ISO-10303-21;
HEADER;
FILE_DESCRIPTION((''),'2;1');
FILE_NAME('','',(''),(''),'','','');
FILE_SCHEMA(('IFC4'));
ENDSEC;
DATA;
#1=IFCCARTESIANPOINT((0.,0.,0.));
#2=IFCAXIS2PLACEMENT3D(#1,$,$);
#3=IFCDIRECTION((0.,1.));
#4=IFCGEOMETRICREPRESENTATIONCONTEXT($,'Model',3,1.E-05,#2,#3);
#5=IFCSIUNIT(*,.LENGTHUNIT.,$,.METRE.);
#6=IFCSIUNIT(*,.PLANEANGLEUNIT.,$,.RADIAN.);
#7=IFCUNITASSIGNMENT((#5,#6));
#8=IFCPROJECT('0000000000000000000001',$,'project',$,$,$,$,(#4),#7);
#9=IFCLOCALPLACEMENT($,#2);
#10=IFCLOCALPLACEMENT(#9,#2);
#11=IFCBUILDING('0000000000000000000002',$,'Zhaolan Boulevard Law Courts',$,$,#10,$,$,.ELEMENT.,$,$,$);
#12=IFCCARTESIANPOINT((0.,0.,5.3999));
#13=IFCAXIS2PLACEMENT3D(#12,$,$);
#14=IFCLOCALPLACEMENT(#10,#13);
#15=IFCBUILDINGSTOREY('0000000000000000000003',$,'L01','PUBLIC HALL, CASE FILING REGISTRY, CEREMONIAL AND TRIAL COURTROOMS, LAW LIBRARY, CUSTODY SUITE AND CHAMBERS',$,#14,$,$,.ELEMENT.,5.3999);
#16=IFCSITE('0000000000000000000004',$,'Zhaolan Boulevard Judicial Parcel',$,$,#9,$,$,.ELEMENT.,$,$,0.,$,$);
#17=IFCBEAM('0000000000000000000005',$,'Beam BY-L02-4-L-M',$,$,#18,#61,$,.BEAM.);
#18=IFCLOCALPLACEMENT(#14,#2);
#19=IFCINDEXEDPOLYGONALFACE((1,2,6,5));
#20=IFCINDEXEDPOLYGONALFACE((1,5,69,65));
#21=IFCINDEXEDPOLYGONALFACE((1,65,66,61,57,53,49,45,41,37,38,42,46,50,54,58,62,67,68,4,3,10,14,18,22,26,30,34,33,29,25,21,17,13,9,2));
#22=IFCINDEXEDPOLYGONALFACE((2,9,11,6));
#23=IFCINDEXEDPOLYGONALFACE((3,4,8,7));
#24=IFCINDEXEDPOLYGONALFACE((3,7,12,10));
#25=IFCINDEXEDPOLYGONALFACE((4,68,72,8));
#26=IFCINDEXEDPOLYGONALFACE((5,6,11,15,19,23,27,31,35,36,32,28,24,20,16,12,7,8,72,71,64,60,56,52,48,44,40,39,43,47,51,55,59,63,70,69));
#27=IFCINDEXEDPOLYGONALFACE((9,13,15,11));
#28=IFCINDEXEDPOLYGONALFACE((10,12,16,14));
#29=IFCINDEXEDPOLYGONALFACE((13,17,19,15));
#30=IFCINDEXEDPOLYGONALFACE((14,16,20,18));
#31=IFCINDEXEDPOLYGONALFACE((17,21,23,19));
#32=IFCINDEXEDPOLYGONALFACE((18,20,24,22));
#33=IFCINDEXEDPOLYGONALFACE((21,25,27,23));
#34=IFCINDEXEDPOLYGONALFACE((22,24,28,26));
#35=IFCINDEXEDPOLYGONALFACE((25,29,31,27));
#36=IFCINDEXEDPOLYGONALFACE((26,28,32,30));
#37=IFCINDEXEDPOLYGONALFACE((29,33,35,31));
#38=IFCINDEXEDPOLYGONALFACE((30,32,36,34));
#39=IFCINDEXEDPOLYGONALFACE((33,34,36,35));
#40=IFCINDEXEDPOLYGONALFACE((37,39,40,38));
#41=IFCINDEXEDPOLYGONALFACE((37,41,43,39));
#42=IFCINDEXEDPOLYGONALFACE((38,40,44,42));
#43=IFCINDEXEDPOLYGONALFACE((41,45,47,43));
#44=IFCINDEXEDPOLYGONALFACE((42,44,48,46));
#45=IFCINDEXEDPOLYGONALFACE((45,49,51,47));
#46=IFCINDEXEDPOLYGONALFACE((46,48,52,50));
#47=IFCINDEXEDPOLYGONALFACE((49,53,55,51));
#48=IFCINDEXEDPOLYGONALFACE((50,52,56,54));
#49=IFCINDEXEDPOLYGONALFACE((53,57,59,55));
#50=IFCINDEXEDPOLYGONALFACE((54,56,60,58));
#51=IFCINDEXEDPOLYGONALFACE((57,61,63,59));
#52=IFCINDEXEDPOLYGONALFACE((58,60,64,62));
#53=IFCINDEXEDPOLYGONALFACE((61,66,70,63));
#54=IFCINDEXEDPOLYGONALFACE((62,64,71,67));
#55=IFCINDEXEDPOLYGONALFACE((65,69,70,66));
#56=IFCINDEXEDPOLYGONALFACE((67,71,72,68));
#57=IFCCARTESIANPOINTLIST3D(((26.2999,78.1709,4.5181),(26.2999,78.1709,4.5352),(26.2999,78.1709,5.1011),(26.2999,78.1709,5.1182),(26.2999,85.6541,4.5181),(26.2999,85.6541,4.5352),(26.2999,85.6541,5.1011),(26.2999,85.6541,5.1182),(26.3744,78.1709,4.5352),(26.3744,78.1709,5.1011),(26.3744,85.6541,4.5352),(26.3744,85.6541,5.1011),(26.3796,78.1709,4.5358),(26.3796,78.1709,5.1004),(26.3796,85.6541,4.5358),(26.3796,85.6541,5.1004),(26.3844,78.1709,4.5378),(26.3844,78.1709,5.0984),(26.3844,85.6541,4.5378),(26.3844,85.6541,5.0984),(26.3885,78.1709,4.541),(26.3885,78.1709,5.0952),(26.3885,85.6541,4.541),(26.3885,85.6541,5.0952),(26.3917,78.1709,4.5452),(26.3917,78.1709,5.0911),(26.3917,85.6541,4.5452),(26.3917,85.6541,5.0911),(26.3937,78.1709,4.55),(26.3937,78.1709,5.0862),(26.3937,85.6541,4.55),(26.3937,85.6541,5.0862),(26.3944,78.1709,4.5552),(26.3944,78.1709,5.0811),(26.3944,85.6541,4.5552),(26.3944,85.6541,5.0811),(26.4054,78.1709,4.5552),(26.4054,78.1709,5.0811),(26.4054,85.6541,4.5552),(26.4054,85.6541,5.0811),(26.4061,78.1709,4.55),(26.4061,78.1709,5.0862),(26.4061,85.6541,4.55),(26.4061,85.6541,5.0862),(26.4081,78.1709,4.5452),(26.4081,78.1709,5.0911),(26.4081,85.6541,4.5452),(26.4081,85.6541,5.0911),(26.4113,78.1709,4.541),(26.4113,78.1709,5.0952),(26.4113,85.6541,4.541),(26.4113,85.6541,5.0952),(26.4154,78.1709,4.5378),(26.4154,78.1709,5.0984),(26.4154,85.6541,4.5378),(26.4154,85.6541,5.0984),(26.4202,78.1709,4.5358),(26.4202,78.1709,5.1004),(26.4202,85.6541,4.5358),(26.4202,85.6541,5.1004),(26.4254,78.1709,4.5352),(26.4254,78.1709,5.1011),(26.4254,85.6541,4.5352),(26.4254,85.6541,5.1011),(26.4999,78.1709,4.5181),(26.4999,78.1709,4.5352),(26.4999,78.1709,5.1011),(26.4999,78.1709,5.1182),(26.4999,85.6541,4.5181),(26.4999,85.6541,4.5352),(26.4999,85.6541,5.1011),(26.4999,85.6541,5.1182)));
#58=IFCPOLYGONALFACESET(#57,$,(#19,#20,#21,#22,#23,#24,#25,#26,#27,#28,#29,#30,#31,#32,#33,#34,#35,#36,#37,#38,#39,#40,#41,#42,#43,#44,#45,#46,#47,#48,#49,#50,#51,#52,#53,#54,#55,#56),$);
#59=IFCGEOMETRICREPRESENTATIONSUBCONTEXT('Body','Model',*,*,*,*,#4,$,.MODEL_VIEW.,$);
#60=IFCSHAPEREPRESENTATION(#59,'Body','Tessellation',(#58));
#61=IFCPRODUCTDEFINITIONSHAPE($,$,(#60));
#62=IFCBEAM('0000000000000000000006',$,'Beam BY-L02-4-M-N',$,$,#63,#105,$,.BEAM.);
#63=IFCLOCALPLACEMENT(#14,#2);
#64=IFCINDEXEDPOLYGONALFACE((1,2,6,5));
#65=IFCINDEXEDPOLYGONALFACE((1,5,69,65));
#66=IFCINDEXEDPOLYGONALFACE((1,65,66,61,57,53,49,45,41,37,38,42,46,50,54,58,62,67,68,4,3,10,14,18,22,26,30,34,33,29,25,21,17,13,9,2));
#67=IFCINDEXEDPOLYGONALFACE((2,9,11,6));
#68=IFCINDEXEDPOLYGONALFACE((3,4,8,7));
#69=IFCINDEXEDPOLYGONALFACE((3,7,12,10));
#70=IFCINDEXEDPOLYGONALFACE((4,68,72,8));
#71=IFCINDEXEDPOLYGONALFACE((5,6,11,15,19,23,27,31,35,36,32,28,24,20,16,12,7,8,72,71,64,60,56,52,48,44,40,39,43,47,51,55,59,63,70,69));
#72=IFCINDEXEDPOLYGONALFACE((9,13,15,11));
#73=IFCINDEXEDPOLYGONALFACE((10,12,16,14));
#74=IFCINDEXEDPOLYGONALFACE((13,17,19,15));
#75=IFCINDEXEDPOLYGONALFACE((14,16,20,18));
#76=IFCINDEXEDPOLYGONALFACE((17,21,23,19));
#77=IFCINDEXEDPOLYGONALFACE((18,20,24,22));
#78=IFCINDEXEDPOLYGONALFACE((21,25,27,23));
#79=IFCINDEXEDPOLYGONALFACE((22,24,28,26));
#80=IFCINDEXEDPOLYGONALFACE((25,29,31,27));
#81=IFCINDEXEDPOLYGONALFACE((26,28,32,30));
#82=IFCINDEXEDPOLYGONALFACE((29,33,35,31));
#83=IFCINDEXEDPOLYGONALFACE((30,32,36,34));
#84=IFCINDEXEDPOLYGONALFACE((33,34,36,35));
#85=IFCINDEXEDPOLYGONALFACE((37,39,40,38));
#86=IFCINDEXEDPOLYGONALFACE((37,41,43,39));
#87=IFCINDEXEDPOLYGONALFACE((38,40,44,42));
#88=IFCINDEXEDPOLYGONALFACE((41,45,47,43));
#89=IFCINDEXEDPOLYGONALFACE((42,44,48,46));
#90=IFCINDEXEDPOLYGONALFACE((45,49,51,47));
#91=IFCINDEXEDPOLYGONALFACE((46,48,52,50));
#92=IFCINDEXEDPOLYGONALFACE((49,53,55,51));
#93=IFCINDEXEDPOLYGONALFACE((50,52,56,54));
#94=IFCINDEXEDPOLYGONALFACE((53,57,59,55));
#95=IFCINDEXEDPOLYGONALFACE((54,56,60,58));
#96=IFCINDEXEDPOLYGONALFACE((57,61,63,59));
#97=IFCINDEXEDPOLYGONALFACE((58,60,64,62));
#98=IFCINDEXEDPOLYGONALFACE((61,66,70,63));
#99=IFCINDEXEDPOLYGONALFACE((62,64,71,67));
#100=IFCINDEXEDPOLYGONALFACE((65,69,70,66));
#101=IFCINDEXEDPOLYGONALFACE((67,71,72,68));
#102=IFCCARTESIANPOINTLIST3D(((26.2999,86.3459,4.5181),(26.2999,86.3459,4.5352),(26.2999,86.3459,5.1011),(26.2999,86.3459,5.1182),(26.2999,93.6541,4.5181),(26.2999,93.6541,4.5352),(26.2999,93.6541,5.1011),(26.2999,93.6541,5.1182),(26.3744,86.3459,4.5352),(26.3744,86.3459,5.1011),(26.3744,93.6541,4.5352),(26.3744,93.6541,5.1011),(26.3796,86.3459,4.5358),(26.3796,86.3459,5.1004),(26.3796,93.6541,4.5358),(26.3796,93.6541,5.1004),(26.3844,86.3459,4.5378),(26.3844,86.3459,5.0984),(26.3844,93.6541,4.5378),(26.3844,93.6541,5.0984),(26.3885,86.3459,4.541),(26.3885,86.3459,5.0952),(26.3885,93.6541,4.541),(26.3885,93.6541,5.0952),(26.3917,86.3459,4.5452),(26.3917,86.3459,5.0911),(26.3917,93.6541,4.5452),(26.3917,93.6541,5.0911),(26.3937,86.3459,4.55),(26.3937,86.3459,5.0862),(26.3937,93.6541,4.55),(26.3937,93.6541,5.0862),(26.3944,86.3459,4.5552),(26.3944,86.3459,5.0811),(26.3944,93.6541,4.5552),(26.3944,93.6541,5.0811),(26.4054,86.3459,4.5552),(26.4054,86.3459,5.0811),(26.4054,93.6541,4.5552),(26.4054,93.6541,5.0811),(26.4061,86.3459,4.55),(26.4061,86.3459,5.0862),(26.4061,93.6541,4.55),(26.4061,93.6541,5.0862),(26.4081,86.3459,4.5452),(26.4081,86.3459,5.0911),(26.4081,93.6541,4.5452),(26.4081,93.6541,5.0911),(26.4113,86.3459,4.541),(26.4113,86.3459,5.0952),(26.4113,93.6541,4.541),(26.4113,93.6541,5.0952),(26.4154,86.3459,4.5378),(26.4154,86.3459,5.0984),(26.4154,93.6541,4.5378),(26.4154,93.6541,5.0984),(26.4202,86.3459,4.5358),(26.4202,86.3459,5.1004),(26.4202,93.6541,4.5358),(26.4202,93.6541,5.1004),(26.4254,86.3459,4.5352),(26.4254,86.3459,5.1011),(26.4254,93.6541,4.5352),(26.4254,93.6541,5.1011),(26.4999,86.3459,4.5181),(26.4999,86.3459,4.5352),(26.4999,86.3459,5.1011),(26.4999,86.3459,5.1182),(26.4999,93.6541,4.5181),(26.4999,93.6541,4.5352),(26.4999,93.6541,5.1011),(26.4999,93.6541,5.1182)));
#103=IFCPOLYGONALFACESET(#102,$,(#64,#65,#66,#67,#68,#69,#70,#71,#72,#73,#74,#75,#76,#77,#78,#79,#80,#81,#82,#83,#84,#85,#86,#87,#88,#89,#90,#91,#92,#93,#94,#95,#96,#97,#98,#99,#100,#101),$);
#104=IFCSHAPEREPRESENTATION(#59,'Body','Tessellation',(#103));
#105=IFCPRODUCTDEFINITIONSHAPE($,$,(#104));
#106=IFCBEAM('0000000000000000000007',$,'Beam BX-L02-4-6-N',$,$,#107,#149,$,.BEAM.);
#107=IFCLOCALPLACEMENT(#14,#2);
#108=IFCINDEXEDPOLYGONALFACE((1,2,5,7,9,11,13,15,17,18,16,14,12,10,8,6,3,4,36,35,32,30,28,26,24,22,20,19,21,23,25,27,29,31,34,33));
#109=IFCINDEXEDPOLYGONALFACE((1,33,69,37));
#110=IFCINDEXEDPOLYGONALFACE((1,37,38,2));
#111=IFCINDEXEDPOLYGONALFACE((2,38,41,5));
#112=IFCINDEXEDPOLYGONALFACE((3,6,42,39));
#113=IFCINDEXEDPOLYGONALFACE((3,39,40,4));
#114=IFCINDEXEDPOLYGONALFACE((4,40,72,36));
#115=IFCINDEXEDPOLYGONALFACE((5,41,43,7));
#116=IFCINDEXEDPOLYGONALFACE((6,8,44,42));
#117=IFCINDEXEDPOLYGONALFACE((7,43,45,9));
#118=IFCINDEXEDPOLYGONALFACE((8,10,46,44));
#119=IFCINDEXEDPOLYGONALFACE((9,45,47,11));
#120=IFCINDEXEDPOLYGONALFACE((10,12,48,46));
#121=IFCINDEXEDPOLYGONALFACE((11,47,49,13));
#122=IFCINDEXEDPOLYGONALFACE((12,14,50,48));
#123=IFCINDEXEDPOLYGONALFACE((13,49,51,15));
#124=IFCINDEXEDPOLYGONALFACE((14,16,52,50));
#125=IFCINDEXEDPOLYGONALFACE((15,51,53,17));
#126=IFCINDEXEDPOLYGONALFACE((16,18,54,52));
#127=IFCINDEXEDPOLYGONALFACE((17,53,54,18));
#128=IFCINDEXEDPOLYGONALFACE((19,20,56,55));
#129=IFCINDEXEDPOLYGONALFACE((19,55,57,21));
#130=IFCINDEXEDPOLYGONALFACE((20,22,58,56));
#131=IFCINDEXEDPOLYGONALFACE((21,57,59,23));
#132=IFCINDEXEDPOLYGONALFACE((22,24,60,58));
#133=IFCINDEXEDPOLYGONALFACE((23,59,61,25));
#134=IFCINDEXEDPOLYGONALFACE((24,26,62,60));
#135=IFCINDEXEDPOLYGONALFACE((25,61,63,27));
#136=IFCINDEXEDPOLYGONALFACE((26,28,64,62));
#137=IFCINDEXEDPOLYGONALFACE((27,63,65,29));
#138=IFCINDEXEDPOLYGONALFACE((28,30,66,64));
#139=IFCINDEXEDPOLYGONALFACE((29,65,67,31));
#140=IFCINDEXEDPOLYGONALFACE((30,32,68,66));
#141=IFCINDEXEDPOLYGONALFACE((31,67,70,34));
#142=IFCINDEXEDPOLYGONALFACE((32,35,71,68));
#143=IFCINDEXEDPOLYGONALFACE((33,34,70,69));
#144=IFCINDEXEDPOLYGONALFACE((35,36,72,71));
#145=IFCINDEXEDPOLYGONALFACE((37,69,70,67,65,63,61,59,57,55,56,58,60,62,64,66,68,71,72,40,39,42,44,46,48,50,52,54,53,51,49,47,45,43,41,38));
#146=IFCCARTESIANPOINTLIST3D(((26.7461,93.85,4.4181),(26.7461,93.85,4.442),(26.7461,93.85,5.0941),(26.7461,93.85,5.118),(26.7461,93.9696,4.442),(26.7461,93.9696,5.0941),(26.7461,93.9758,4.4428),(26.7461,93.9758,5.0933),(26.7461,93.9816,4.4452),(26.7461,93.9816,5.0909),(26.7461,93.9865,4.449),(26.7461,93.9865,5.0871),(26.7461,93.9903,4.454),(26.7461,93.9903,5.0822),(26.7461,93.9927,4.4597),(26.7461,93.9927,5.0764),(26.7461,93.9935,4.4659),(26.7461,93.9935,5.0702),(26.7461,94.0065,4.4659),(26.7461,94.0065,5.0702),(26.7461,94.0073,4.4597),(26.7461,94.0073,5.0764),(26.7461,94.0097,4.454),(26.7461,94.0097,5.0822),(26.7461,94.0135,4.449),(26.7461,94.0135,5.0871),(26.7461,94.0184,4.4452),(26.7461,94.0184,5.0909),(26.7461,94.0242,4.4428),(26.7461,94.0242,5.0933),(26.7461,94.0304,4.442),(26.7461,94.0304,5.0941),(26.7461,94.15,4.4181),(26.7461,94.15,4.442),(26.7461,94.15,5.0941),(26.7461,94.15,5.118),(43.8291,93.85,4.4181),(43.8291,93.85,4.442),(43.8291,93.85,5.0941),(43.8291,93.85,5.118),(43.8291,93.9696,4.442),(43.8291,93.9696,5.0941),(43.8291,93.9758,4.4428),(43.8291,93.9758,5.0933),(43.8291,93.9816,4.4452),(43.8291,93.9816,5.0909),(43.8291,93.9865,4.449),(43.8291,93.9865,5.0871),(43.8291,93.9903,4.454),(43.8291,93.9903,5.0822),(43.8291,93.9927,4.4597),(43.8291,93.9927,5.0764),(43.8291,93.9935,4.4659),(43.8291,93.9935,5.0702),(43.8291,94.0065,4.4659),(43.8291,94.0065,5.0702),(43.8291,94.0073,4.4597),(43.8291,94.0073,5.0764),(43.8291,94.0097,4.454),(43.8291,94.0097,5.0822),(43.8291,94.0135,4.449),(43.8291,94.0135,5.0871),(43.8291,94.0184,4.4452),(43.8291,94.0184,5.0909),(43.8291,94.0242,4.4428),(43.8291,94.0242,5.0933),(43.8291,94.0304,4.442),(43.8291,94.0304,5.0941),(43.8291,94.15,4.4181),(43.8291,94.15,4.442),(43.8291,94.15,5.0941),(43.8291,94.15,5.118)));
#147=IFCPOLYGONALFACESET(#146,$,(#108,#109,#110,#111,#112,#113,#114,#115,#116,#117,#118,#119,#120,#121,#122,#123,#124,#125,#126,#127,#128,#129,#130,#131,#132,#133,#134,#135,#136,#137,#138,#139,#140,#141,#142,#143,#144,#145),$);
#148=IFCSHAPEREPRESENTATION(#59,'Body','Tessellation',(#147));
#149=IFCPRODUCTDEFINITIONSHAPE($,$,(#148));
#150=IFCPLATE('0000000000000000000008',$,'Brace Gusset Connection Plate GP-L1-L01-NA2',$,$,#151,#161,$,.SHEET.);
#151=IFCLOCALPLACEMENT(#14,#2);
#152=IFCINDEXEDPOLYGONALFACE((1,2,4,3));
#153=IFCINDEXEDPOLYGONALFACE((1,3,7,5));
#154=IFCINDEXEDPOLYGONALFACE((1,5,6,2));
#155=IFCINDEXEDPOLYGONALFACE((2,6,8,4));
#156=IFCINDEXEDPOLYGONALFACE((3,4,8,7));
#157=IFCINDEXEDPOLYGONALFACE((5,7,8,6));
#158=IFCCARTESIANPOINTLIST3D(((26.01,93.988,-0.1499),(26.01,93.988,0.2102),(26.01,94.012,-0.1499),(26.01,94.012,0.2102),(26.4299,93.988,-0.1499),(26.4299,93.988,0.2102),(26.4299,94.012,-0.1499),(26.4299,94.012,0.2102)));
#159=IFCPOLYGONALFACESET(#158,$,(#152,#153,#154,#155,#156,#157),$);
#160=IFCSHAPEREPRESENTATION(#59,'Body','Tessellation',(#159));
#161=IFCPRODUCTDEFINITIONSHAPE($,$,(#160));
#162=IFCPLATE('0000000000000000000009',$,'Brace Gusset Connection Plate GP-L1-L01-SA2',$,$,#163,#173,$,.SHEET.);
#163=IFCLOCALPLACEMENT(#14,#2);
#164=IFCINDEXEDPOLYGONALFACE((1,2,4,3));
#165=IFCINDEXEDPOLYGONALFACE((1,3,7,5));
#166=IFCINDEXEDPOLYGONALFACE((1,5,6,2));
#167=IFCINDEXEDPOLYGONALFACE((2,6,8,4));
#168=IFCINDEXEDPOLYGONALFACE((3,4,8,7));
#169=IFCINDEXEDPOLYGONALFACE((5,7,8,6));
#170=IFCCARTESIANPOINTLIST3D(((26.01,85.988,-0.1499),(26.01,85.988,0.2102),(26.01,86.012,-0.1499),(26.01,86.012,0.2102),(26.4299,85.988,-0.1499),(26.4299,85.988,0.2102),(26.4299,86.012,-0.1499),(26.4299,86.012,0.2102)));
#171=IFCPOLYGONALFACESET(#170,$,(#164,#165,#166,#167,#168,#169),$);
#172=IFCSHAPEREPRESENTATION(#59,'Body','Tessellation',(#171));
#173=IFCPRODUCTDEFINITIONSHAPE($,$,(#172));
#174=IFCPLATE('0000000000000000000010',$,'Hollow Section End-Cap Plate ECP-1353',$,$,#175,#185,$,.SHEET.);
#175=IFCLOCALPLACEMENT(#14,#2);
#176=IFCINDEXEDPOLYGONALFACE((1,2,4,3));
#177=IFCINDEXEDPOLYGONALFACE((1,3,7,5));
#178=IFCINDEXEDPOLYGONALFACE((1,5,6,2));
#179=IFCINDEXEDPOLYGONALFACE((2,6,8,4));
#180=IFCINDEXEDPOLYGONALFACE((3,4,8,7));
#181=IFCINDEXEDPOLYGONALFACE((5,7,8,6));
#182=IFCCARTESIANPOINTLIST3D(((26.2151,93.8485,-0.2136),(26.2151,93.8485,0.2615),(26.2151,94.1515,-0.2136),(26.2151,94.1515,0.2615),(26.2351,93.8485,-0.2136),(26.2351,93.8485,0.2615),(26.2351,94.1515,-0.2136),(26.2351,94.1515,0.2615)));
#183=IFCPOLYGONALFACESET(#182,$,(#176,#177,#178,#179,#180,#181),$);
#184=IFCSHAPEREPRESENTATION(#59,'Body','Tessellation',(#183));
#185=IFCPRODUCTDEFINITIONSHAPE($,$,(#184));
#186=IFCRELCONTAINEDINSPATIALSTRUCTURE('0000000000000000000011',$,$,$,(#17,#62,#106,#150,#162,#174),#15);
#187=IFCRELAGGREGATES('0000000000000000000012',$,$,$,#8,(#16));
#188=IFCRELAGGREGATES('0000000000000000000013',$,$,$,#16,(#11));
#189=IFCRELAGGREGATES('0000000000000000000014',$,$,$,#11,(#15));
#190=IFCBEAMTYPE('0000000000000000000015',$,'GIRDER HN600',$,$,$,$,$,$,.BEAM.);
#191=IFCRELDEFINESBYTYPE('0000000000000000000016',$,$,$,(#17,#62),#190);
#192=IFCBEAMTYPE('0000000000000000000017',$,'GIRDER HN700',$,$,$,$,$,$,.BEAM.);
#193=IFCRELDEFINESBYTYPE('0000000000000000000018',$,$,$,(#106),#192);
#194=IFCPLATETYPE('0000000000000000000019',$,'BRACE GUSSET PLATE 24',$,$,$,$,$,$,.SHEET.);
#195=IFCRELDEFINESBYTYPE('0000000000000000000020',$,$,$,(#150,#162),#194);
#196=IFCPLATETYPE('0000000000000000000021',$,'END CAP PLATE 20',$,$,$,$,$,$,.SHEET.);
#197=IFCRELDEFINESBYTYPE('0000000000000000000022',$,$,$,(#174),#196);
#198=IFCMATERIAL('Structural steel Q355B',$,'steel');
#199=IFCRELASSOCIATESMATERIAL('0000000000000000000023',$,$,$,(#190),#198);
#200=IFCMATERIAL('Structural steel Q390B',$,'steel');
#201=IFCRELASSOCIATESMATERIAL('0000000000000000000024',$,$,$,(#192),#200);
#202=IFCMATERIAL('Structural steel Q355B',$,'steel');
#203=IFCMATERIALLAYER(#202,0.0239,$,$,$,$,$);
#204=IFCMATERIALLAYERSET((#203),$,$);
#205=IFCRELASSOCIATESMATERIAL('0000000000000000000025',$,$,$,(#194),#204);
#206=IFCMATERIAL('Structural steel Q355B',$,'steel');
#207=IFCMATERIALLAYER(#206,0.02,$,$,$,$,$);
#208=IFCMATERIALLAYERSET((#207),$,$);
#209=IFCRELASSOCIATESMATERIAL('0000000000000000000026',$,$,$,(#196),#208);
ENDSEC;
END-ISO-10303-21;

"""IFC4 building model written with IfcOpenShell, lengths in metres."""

from ifc_helpers import new_model, si_unit, direction, frame, origin, origin_2d, place, context, subcontext, project, spatial, rectangle, i_section, extrude, material, layer, layer_set, material_profile, profile_set, type_object, element, save


model = new_model("IFC4")

# Units and contexts
model_context = context("Model", 3, precision=1e-05, world=origin(), true_north=direction((0.0, 1.0)))
body_context = subcontext(model_context, "Body", "Model", "MODEL_VIEW")
ifc_project = project(units=[si_unit("LENGTHUNIT", "METRE"), si_unit("PLANEANGLEUNIT", "RADIAN")], contexts=[model_context])

# Site, building, storey
site_placement = place(None, origin())
site = spatial("IfcSite", under=ifc_project, at=site_placement, Name="Zhaolan Boulevard Judicial Parcel", CompositionType="ELEMENT", RefElevation=0.0)
building_placement = place(site_placement, origin())
building = spatial("IfcBuilding", under=site, at=building_placement, Name="Zhaolan Boulevard Law Courts", CompositionType="ELEMENT")
storey_placement = place(building_placement, frame((0.0, 0.0, 5.3999)))
storey = spatial("IfcBuildingStorey", under=building, at=storey_placement, Name="L01", Description="PUBLIC HALL, CASE FILING REGISTRY, CEREMONIAL AND TRIAL COURTROOMS, LAW LIBRARY, CUSTODY SUITE AND CHAMBERS", CompositionType="ELEMENT", Elevation=5.3999)

# Beams
ifc_material_1 = material(Name="Structural steel Q355B", Category="steel")
ifc_material_profile_1 = material_profile(ifc_material_1, i_section(OverallWidth=0.2, OverallDepth=0.6001, WebThickness=0.011, FlangeThickness=0.0171, FilletRadius=0.02, at=origin_2d()), Name="HN600x200")
ifc_profile_set_1 = profile_set([ifc_material_profile_1], Name="Structural steel Q355B")
beam_type_1 = type_object("IfcBeamType", Name="GIRDER HN600", PredefinedType="BEAM", material=ifc_profile_set_1)
beam_1_placement = place(storey_placement, frame((26.3999, 78.1709, 4.8181), z_axis=(0.0, 1.0, 0.0), x_axis=(-1.0, 0.0, 0.0)))
element("IfcBeam", 1, at=beam_1_placement, inside=storey, type_object=beam_type_1, Name="Beam BY-L02-4-L-M", PredefinedType="BEAM", context=body_context, shape_type="SweptSolid", body=[
    extrude(i_section(OverallWidth=0.2, OverallDepth=0.6001, WebThickness=0.011, FlangeThickness=0.0171, FilletRadius=0.02, at=origin_2d()), origin(), (0.0, 0.0, 1.0), 7.4832),
])
beam_2_placement = place(storey_placement, frame((26.3999, 86.3459, 4.8181), z_axis=(0.0, 1.0, 0.0), x_axis=(-1.0, 0.0, 0.0)))
element("IfcBeam", 2, at=beam_2_placement, inside=storey, type_object=beam_type_1, Name="Beam BY-L02-4-M-N", PredefinedType="BEAM", context=body_context, shape_type="SweptSolid", body=[
    extrude(i_section(OverallWidth=0.2, OverallDepth=0.6001, WebThickness=0.011, FlangeThickness=0.0171, FilletRadius=0.02, at=origin_2d()), origin(), (0.0, 0.0, 1.0), 7.3081),
])
ifc_material_2 = material(Name="Structural steel Q390B", Category="steel")
ifc_material_profile_2 = material_profile(ifc_material_2, i_section(OverallWidth=0.3, OverallDepth=0.7, WebThickness=0.0129, FlangeThickness=0.0239, FilletRadius=0.0239, at=origin_2d()), Name="HN700x300")
ifc_profile_set_2 = profile_set([ifc_material_profile_2], Name="Structural steel Q390B")
beam_type_2 = type_object("IfcBeamType", Name="GIRDER HN700", PredefinedType="BEAM", material=ifc_profile_set_2)
beam_3_placement = place(storey_placement, frame((26.7461, 94.0, 4.7681), z_axis=(1.0, 0.0, 0.0), x_axis=(0.0, 1.0, 0.0)))
element("IfcBeam", 3, at=beam_3_placement, inside=storey, type_object=beam_type_2, Name="Beam BX-L02-4-6-N", PredefinedType="BEAM", context=body_context, shape_type="SweptSolid", body=[
    extrude(i_section(OverallWidth=0.3, OverallDepth=0.7, WebThickness=0.0129, FlangeThickness=0.0239, FilletRadius=0.0239, at=origin_2d()), origin(), (0.0, 0.0, 1.0), 17.083),
])

# Plates
ifc_material_3 = material(Name="Structural steel Q355B", Category="steel")
ifc_layer_1 = layer(ifc_material_3, 0.0239)
ifc_layer_set_1 = layer_set([ifc_layer_1])
plate_type_1 = type_object("IfcPlateType", Name="BRACE GUSSET PLATE 24", PredefinedType="SHEET", material=ifc_layer_set_1)
for number, where, z_axis, x_axis, name in (
    (4, (26.22, 94.0, -0.1499), (0.0, 0.0, 1.0), (1.0, 0.0, 0.0), "Brace Gusset Connection Plate GP-L1-L01-NA2"),
    (5, (26.22, 86.0, -0.1499), (0.0, 0.0, 1.0), (1.0, 0.0, 0.0), "Brace Gusset Connection Plate GP-L1-L01-SA2"),
):
    element("IfcPlate", number, at=place(storey_placement, frame(where, z_axis=z_axis, x_axis=x_axis)), inside=storey, type_object=plate_type_1, Name=name, PredefinedType="SHEET", context=body_context, shape_type="SweptSolid", body=[
        extrude(rectangle(XDim=0.4199, YDim=0.0239, at=origin_2d()), origin(), (0.0, 0.0, 1.0), 0.3601),
    ])
ifc_material_4 = material(Name="Structural steel Q355B", Category="steel")
ifc_layer_2 = layer(ifc_material_4, 0.02)
ifc_layer_set_2 = layer_set([ifc_layer_2])
plate_type_2 = type_object("IfcPlateType", Name="END CAP PLATE 20", PredefinedType="SHEET", material=ifc_layer_set_2)
plate_1_placement = place(storey_placement, frame((26.2251, 94.0, -0.2136), z_axis=(0.0, 0.0, 1.0), x_axis=(-1.0, 0.0, 0.0)))
element("IfcPlate", 6, at=plate_1_placement, inside=storey, type_object=plate_type_2, Name="Hollow Section End-Cap Plate ECP-1353", PredefinedType="SHEET", context=body_context, shape_type="SweptSolid", body=[
    extrude(rectangle(XDim=0.02, YDim=0.303, at=origin_2d()), origin(), (0.0, 0.0, 1.0), 0.4751),
])

save(model, "model.ifc")
